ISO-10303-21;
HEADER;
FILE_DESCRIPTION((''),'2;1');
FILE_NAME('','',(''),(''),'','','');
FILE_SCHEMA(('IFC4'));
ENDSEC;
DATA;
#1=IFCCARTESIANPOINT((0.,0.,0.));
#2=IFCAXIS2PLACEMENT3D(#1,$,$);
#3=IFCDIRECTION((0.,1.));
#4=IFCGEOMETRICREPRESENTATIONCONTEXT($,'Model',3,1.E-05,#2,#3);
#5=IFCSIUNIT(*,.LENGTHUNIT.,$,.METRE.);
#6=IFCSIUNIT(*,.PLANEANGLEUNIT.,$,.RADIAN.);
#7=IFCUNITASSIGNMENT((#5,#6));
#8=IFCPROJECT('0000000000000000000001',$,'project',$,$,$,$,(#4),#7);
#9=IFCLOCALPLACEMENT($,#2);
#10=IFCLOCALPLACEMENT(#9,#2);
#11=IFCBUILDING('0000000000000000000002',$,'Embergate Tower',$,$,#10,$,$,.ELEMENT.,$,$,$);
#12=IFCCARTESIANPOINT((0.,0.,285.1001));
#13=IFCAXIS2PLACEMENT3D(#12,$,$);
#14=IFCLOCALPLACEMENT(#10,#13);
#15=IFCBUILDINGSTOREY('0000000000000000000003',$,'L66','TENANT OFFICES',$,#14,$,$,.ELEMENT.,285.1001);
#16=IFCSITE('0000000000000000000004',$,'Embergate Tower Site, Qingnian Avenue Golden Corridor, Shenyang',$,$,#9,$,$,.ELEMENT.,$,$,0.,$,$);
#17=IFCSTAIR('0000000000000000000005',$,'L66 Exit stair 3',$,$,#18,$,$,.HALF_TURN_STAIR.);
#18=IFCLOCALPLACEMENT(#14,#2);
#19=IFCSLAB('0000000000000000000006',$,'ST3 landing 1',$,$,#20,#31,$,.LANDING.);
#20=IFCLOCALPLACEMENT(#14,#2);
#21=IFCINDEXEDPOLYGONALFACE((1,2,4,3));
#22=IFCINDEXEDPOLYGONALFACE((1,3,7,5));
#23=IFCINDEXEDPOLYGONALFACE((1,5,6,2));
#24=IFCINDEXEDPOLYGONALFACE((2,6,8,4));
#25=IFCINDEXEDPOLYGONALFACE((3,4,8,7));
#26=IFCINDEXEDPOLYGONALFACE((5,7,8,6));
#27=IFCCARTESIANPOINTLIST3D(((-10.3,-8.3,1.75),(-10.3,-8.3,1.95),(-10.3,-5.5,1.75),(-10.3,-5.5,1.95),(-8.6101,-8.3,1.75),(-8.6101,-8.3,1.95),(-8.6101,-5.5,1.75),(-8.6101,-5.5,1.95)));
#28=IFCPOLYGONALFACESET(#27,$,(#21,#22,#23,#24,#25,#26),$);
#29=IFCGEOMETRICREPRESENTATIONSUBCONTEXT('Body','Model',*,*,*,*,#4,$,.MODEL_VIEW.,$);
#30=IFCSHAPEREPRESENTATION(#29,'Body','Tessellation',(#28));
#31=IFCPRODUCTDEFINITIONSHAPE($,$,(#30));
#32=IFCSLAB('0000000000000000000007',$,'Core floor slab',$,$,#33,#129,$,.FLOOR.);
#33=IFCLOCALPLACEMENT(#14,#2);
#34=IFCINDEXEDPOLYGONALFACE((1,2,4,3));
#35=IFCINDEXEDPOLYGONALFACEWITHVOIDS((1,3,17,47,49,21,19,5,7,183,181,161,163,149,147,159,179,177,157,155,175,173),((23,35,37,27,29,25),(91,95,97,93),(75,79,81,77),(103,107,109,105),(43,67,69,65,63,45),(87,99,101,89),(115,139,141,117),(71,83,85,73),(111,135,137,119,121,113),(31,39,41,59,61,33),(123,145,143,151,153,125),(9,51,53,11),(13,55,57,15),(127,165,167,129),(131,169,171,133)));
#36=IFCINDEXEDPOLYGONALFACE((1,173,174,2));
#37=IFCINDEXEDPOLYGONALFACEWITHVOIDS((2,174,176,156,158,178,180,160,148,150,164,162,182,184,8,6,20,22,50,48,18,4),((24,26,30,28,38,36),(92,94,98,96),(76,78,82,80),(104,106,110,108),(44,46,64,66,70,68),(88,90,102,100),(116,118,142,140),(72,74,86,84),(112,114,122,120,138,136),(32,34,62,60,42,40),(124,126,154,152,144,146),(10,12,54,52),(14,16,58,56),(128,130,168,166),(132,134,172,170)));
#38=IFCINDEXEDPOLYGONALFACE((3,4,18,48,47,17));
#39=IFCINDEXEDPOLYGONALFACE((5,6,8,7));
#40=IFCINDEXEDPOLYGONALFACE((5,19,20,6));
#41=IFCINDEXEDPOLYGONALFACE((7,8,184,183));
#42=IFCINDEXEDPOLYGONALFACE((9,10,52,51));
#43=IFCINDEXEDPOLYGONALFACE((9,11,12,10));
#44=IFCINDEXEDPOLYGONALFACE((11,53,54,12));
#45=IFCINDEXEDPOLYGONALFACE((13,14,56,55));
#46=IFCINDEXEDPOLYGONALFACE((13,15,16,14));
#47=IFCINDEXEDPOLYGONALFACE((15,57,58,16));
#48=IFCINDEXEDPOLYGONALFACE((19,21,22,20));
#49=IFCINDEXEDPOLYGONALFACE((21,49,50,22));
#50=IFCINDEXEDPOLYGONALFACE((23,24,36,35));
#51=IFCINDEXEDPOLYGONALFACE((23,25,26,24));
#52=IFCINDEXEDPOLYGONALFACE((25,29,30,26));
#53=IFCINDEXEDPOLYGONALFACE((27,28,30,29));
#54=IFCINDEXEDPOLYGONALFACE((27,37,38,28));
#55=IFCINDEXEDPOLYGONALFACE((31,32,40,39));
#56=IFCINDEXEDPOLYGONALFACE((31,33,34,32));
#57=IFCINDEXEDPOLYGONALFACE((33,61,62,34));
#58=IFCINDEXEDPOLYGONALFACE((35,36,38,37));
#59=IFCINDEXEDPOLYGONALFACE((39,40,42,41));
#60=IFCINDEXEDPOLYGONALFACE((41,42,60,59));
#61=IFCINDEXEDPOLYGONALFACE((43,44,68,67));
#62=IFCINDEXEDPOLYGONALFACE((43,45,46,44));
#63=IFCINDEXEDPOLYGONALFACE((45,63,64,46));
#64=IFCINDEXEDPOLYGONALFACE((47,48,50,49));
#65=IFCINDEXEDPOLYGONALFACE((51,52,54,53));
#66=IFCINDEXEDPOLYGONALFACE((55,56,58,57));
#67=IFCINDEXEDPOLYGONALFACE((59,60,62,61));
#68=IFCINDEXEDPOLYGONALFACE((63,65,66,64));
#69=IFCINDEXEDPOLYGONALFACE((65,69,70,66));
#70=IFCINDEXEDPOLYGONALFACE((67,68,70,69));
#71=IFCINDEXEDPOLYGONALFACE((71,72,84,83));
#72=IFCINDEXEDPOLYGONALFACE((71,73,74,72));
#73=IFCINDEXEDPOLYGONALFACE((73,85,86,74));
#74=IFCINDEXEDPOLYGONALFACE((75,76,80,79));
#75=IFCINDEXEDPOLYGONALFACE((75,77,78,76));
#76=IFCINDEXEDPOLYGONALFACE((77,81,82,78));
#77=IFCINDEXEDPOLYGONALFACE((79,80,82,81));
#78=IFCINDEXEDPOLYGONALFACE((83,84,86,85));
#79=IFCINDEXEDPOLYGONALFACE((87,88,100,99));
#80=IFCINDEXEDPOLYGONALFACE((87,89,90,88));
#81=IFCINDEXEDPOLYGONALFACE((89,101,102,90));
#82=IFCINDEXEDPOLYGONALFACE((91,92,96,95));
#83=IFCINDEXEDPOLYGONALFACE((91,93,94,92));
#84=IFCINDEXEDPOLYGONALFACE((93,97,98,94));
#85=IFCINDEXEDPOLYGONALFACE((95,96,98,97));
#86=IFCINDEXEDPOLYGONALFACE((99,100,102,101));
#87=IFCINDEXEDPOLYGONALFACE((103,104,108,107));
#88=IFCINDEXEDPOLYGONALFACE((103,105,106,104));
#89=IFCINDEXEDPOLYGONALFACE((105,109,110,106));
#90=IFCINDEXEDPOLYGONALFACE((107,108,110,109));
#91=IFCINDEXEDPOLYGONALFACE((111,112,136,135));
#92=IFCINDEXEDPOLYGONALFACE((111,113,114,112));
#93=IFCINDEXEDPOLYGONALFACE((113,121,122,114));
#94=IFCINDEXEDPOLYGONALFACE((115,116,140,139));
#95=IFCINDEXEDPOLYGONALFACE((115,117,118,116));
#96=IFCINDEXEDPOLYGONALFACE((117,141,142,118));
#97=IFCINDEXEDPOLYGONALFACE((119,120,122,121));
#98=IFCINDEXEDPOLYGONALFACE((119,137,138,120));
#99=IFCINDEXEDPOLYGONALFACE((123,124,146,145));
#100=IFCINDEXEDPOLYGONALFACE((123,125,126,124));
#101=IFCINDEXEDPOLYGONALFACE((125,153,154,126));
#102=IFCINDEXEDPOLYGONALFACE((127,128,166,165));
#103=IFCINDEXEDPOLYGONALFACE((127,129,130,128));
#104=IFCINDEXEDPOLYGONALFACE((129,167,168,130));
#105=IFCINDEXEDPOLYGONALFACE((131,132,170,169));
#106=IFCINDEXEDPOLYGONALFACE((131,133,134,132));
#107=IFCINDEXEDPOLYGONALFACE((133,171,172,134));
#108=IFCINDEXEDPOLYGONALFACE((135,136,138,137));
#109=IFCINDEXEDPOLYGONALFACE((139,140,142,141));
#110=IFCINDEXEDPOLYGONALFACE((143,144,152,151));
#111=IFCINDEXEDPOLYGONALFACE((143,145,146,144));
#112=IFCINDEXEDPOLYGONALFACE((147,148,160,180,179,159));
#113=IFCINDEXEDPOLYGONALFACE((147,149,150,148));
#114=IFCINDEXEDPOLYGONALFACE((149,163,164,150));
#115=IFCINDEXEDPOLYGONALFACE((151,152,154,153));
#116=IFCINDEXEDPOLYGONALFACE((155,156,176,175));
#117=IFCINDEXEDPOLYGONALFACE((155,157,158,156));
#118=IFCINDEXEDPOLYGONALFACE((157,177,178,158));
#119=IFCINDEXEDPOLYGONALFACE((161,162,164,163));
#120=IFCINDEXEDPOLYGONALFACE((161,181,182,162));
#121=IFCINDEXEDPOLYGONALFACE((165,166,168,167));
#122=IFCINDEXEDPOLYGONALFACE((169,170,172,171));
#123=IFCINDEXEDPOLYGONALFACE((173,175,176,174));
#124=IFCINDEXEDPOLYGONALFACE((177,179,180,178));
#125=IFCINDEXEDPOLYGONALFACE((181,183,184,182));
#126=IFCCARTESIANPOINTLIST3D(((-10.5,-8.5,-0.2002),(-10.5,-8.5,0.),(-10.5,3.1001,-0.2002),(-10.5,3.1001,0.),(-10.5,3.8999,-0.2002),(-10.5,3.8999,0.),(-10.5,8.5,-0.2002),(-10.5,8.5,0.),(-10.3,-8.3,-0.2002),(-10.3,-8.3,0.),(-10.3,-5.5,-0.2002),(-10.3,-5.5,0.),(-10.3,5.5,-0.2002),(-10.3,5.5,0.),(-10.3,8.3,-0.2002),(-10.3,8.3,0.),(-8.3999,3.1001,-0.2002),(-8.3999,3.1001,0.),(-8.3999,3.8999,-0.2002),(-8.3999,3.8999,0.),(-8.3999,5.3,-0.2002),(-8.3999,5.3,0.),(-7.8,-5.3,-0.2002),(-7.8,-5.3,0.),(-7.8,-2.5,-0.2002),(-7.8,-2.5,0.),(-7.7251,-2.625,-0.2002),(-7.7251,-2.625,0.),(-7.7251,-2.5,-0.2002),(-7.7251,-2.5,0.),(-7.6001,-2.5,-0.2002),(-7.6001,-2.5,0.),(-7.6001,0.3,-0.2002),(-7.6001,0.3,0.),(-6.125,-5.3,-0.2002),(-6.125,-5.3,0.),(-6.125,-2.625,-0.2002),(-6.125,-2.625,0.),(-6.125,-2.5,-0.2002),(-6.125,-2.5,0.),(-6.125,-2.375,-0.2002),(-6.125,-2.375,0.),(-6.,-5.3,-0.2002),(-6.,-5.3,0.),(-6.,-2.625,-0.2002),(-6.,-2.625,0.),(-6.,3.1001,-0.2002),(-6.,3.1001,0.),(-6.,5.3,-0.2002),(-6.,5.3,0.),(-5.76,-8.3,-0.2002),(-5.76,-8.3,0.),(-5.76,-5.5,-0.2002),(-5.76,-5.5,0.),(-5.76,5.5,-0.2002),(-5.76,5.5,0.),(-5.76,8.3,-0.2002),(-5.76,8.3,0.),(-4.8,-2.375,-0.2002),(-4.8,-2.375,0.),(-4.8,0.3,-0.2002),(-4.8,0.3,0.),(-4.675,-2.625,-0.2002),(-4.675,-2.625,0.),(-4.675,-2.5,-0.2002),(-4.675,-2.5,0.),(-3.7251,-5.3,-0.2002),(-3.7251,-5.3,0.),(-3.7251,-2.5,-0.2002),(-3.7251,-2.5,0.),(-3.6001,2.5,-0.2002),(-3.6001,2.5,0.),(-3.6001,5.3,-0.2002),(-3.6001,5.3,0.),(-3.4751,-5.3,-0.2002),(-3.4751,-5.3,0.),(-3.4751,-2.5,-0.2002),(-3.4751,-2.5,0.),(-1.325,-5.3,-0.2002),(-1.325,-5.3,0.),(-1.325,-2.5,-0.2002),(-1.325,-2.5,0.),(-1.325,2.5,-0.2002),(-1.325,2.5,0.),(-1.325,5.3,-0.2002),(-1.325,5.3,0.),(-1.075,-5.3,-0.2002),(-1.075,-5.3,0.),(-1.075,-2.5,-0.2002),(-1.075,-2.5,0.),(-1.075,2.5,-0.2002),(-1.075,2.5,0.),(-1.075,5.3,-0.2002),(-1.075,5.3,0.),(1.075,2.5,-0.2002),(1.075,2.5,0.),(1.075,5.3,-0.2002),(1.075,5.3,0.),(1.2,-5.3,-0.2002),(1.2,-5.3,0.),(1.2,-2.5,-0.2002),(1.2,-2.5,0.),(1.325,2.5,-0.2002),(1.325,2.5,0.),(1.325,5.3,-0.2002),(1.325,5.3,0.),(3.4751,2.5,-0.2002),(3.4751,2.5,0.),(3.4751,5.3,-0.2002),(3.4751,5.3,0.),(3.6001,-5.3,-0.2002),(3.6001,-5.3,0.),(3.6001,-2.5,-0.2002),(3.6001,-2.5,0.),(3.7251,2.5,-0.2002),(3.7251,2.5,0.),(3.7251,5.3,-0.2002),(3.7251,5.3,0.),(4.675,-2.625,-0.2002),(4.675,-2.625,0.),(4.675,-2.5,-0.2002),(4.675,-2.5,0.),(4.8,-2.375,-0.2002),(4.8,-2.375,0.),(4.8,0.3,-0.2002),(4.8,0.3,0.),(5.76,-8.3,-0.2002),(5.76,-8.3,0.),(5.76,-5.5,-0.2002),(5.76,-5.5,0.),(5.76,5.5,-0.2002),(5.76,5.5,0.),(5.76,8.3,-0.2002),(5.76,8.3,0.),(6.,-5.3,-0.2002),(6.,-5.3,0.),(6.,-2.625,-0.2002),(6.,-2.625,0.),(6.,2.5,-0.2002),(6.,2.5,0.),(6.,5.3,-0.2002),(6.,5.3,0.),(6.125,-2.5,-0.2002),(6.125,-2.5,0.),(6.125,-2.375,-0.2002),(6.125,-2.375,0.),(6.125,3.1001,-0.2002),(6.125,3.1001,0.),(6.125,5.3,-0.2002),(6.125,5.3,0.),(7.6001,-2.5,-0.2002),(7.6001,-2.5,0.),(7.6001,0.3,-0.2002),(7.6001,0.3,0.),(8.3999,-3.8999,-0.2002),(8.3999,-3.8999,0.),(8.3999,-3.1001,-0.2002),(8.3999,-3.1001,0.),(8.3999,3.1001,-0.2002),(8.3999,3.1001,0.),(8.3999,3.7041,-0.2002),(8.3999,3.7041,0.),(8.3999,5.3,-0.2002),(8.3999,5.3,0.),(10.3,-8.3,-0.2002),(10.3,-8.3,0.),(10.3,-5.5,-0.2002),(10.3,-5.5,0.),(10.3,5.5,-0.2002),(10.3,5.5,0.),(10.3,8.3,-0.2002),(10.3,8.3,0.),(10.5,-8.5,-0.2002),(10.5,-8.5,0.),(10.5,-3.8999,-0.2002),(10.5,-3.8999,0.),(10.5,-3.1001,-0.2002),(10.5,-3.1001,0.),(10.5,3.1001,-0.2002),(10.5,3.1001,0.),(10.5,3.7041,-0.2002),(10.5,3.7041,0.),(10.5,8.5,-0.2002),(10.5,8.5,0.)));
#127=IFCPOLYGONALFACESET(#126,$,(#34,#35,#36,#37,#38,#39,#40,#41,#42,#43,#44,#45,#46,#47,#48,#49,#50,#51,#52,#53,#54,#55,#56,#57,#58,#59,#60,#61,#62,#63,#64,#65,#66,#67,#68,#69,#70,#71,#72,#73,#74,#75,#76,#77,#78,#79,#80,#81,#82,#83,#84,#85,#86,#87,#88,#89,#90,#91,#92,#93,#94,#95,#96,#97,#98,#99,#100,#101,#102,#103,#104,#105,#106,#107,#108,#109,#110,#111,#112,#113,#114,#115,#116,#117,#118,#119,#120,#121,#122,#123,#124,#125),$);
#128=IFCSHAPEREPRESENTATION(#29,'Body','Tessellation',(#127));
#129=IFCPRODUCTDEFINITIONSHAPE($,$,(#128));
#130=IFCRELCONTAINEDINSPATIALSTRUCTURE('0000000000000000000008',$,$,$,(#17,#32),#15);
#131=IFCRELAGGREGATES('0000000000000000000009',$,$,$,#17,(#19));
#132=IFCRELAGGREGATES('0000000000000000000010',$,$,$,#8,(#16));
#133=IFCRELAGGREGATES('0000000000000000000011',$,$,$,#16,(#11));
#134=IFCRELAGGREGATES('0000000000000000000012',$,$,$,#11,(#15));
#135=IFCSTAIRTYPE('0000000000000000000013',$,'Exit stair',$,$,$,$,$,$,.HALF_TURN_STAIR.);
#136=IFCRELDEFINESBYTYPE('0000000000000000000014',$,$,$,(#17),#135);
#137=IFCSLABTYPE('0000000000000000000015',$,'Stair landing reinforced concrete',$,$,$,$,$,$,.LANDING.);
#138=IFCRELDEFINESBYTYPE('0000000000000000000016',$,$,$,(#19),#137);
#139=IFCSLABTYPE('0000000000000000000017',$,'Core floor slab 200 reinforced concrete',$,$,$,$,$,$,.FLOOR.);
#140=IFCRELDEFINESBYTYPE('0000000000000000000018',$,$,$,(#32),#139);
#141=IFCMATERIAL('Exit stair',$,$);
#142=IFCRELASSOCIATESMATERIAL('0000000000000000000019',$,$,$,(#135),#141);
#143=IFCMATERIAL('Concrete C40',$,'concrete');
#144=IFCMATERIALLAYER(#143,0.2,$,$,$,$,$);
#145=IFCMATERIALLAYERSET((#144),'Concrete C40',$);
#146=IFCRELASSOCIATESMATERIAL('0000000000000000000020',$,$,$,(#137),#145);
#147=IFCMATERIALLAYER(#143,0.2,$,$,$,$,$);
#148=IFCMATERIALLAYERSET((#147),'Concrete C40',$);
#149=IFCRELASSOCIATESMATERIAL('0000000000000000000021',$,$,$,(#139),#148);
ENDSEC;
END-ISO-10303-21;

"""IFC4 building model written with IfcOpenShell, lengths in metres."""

from ifc_helpers import new_model, si_unit, direction, frame, origin, place, context, subcontext, project, spatial, polyline, outline, extrude, source, transform, mapped, material, layer, layer_set, type_object, element, aggregate, save


model = new_model("IFC4")

# Units and contexts
model_context = context("Model", 3, precision=1e-05, world=origin(), true_north=direction((0.0, 1.0)))
body_context = subcontext(model_context, "Body", "Model", "MODEL_VIEW")
ifc_project = project(units=[si_unit("LENGTHUNIT", "METRE"), si_unit("PLANEANGLEUNIT", "RADIAN")], contexts=[model_context])

# Site, building, storey
site_placement = place(None, origin())
site = spatial("IfcSite", under=ifc_project, at=site_placement, Name="Embergate Tower Site, Qingnian Avenue Golden Corridor, Shenyang", CompositionType="ELEMENT", RefElevation=0.0)
building_placement = place(site_placement, origin())
building = spatial("IfcBuilding", under=site, at=building_placement, Name="Embergate Tower", CompositionType="ELEMENT")
storey_placement = place(building_placement, frame((0.0, 0.0, 285.1001)))
storey = spatial("IfcBuildingStorey", under=building, at=storey_placement, Name="L66", Description="TENANT OFFICES", CompositionType="ELEMENT", Elevation=285.1001)

# Stair, slab
ifc_material_1 = material(Name="Exit stair")
stair_type = type_object("IfcStairType", Name="Exit stair", PredefinedType="HALF_TURN_STAIR", material=ifc_material_1)
stair_placement = place(storey_placement, origin())
stair = element("IfcStair", 1, at=stair_placement, inside=storey, type_object=stair_type, Name="L66 Exit stair 3", PredefinedType="HALF_TURN_STAIR")
ifc_material_2 = material(Name="Concrete C40", Category="concrete")
ifc_layer_1 = layer(ifc_material_2, 0.2)
ifc_layer_set_1 = layer_set([ifc_layer_1], Name="Concrete C40")
slab_type_1 = type_object("IfcSlabType", Name="Stair landing reinforced concrete", PredefinedType="LANDING", material=ifc_layer_set_1)
shared_shape_1 = source(origin(), body_context, "Body", "SweptSolid", [
    extrude(outline(polyline([(0.0, 0.0), (1.6899, 0.0), (1.6899, 2.8), (0.0, 2.8), (0.0, 0.0)])), origin(), (0.0, 0.0, 1.0), 0.2),
])
slab_1_placement = place(storey_placement, frame((-10.3, -8.3, 1.75)))
slab_1 = element("IfcSlab", 2, at=slab_1_placement, type_object=slab_type_1, Name="ST3 landing 1", PredefinedType="LANDING", context=body_context, shape_type="MappedRepresentation", body=[
    mapped(shared_shape_1, transform((0.0, 0.0, 0.0))),
])

# Slab
ifc_layer_2 = layer(ifc_material_2, 0.2)
ifc_layer_set_2 = layer_set([ifc_layer_2], Name="Concrete C40")
slab_type_2 = type_object("IfcSlabType", Name="Core floor slab 200 reinforced concrete", PredefinedType="FLOOR", material=ifc_layer_set_2)
shared_shape_2 = source(origin(), body_context, "Body", "SweptSolid", [
    extrude(outline(polyline([(0.0, 0.0), (21.0, 0.0), (21.0, 4.6001), (18.8999, 4.6001), (18.8999, 5.3999), (21.0, 5.3999), (21.0, 11.6001), (18.8999, 11.6001), (16.625, 11.6001), (16.625, 13.8), (18.8999, 13.8), (18.8999, 12.2041), (21.0, 12.2041), (21.0, 17.0), (0.0, 17.0), (0.0, 12.3999), (2.1001, 12.3999), (2.1001, 13.8), (4.5, 13.8), (4.5, 11.6001), (2.1001, 11.6001), (0.0, 11.6001), (0.0, 0.0)]), holes=[polyline([(0.2, 0.2), (0.2, 3.0), (4.74, 3.0), (4.74, 0.2), (0.2, 0.2)]), polyline([(16.26, 0.2), (16.26, 3.0), (20.8, 3.0), (20.8, 0.2), (16.26, 0.2)]), polyline([(2.7, 3.2), (2.7, 6.0), (2.7749, 6.0), (2.7749, 5.875), (4.375, 5.875), (4.375, 3.2), (2.7, 3.2)]), polyline([(4.5, 3.2), (4.5, 5.875), (5.825, 5.875), (5.825, 6.0), (6.7749, 6.0), (6.7749, 3.2), (4.5, 3.2)]), polyline([(7.0249, 3.2), (7.0249, 6.0), (9.175, 6.0), (9.175, 3.2), (7.0249, 3.2)]), polyline([(9.425, 3.2), (9.425, 6.0), (11.7, 6.0), (11.7, 3.2), (9.425, 3.2)]), polyline([(14.1001, 3.2), (14.1001, 6.0), (15.175, 6.0), (15.175, 5.875), (16.5, 5.875), (16.5, 3.2), (14.1001, 3.2)]), polyline([(2.8999, 6.0), (2.8999, 8.8), (5.7, 8.8), (5.7, 6.125), (4.375, 6.125), (4.375, 6.0), (2.8999, 6.0)]), polyline([(16.625, 6.0), (16.625, 6.125), (15.3, 6.125), (15.3, 8.8), (18.1001, 8.8), (18.1001, 6.0), (16.625, 6.0)]), polyline([(6.8999, 11.0), (6.8999, 13.8), (9.175, 13.8), (9.175, 11.0), (6.8999, 11.0)]), polyline([(9.425, 11.0), (9.425, 13.8), (11.575, 13.8), (11.575, 11.0), (9.425, 11.0)]), polyline([(11.825, 11.0), (11.825, 13.8), (13.9751, 13.8), (13.9751, 11.0), (11.825, 11.0)]), polyline([(14.2251, 11.0), (14.2251, 13.8), (16.5, 13.8), (16.5, 11.0), (14.2251, 11.0)]), polyline([(0.2, 14.0), (0.2, 16.8), (4.74, 16.8), (4.74, 14.0), (0.2, 14.0)]), polyline([(16.26, 14.0), (16.26, 16.8), (20.8, 16.8), (20.8, 14.0), (16.26, 14.0)])]), origin(), (0.0, 0.0, 1.0), 0.2002),
])
slab_2_placement = place(storey_placement, frame((-10.5, -8.5, -0.2002)))
element("IfcSlab", 3, at=slab_2_placement, inside=storey, type_object=slab_type_2, Name="Core floor slab", PredefinedType="FLOOR", context=body_context, shape_type="MappedRepresentation", body=[
    mapped(shared_shape_2, transform((0.0, 0.0, 0.0))),
])

aggregate(stair, [slab_1])

save(model, "model.ifc")
